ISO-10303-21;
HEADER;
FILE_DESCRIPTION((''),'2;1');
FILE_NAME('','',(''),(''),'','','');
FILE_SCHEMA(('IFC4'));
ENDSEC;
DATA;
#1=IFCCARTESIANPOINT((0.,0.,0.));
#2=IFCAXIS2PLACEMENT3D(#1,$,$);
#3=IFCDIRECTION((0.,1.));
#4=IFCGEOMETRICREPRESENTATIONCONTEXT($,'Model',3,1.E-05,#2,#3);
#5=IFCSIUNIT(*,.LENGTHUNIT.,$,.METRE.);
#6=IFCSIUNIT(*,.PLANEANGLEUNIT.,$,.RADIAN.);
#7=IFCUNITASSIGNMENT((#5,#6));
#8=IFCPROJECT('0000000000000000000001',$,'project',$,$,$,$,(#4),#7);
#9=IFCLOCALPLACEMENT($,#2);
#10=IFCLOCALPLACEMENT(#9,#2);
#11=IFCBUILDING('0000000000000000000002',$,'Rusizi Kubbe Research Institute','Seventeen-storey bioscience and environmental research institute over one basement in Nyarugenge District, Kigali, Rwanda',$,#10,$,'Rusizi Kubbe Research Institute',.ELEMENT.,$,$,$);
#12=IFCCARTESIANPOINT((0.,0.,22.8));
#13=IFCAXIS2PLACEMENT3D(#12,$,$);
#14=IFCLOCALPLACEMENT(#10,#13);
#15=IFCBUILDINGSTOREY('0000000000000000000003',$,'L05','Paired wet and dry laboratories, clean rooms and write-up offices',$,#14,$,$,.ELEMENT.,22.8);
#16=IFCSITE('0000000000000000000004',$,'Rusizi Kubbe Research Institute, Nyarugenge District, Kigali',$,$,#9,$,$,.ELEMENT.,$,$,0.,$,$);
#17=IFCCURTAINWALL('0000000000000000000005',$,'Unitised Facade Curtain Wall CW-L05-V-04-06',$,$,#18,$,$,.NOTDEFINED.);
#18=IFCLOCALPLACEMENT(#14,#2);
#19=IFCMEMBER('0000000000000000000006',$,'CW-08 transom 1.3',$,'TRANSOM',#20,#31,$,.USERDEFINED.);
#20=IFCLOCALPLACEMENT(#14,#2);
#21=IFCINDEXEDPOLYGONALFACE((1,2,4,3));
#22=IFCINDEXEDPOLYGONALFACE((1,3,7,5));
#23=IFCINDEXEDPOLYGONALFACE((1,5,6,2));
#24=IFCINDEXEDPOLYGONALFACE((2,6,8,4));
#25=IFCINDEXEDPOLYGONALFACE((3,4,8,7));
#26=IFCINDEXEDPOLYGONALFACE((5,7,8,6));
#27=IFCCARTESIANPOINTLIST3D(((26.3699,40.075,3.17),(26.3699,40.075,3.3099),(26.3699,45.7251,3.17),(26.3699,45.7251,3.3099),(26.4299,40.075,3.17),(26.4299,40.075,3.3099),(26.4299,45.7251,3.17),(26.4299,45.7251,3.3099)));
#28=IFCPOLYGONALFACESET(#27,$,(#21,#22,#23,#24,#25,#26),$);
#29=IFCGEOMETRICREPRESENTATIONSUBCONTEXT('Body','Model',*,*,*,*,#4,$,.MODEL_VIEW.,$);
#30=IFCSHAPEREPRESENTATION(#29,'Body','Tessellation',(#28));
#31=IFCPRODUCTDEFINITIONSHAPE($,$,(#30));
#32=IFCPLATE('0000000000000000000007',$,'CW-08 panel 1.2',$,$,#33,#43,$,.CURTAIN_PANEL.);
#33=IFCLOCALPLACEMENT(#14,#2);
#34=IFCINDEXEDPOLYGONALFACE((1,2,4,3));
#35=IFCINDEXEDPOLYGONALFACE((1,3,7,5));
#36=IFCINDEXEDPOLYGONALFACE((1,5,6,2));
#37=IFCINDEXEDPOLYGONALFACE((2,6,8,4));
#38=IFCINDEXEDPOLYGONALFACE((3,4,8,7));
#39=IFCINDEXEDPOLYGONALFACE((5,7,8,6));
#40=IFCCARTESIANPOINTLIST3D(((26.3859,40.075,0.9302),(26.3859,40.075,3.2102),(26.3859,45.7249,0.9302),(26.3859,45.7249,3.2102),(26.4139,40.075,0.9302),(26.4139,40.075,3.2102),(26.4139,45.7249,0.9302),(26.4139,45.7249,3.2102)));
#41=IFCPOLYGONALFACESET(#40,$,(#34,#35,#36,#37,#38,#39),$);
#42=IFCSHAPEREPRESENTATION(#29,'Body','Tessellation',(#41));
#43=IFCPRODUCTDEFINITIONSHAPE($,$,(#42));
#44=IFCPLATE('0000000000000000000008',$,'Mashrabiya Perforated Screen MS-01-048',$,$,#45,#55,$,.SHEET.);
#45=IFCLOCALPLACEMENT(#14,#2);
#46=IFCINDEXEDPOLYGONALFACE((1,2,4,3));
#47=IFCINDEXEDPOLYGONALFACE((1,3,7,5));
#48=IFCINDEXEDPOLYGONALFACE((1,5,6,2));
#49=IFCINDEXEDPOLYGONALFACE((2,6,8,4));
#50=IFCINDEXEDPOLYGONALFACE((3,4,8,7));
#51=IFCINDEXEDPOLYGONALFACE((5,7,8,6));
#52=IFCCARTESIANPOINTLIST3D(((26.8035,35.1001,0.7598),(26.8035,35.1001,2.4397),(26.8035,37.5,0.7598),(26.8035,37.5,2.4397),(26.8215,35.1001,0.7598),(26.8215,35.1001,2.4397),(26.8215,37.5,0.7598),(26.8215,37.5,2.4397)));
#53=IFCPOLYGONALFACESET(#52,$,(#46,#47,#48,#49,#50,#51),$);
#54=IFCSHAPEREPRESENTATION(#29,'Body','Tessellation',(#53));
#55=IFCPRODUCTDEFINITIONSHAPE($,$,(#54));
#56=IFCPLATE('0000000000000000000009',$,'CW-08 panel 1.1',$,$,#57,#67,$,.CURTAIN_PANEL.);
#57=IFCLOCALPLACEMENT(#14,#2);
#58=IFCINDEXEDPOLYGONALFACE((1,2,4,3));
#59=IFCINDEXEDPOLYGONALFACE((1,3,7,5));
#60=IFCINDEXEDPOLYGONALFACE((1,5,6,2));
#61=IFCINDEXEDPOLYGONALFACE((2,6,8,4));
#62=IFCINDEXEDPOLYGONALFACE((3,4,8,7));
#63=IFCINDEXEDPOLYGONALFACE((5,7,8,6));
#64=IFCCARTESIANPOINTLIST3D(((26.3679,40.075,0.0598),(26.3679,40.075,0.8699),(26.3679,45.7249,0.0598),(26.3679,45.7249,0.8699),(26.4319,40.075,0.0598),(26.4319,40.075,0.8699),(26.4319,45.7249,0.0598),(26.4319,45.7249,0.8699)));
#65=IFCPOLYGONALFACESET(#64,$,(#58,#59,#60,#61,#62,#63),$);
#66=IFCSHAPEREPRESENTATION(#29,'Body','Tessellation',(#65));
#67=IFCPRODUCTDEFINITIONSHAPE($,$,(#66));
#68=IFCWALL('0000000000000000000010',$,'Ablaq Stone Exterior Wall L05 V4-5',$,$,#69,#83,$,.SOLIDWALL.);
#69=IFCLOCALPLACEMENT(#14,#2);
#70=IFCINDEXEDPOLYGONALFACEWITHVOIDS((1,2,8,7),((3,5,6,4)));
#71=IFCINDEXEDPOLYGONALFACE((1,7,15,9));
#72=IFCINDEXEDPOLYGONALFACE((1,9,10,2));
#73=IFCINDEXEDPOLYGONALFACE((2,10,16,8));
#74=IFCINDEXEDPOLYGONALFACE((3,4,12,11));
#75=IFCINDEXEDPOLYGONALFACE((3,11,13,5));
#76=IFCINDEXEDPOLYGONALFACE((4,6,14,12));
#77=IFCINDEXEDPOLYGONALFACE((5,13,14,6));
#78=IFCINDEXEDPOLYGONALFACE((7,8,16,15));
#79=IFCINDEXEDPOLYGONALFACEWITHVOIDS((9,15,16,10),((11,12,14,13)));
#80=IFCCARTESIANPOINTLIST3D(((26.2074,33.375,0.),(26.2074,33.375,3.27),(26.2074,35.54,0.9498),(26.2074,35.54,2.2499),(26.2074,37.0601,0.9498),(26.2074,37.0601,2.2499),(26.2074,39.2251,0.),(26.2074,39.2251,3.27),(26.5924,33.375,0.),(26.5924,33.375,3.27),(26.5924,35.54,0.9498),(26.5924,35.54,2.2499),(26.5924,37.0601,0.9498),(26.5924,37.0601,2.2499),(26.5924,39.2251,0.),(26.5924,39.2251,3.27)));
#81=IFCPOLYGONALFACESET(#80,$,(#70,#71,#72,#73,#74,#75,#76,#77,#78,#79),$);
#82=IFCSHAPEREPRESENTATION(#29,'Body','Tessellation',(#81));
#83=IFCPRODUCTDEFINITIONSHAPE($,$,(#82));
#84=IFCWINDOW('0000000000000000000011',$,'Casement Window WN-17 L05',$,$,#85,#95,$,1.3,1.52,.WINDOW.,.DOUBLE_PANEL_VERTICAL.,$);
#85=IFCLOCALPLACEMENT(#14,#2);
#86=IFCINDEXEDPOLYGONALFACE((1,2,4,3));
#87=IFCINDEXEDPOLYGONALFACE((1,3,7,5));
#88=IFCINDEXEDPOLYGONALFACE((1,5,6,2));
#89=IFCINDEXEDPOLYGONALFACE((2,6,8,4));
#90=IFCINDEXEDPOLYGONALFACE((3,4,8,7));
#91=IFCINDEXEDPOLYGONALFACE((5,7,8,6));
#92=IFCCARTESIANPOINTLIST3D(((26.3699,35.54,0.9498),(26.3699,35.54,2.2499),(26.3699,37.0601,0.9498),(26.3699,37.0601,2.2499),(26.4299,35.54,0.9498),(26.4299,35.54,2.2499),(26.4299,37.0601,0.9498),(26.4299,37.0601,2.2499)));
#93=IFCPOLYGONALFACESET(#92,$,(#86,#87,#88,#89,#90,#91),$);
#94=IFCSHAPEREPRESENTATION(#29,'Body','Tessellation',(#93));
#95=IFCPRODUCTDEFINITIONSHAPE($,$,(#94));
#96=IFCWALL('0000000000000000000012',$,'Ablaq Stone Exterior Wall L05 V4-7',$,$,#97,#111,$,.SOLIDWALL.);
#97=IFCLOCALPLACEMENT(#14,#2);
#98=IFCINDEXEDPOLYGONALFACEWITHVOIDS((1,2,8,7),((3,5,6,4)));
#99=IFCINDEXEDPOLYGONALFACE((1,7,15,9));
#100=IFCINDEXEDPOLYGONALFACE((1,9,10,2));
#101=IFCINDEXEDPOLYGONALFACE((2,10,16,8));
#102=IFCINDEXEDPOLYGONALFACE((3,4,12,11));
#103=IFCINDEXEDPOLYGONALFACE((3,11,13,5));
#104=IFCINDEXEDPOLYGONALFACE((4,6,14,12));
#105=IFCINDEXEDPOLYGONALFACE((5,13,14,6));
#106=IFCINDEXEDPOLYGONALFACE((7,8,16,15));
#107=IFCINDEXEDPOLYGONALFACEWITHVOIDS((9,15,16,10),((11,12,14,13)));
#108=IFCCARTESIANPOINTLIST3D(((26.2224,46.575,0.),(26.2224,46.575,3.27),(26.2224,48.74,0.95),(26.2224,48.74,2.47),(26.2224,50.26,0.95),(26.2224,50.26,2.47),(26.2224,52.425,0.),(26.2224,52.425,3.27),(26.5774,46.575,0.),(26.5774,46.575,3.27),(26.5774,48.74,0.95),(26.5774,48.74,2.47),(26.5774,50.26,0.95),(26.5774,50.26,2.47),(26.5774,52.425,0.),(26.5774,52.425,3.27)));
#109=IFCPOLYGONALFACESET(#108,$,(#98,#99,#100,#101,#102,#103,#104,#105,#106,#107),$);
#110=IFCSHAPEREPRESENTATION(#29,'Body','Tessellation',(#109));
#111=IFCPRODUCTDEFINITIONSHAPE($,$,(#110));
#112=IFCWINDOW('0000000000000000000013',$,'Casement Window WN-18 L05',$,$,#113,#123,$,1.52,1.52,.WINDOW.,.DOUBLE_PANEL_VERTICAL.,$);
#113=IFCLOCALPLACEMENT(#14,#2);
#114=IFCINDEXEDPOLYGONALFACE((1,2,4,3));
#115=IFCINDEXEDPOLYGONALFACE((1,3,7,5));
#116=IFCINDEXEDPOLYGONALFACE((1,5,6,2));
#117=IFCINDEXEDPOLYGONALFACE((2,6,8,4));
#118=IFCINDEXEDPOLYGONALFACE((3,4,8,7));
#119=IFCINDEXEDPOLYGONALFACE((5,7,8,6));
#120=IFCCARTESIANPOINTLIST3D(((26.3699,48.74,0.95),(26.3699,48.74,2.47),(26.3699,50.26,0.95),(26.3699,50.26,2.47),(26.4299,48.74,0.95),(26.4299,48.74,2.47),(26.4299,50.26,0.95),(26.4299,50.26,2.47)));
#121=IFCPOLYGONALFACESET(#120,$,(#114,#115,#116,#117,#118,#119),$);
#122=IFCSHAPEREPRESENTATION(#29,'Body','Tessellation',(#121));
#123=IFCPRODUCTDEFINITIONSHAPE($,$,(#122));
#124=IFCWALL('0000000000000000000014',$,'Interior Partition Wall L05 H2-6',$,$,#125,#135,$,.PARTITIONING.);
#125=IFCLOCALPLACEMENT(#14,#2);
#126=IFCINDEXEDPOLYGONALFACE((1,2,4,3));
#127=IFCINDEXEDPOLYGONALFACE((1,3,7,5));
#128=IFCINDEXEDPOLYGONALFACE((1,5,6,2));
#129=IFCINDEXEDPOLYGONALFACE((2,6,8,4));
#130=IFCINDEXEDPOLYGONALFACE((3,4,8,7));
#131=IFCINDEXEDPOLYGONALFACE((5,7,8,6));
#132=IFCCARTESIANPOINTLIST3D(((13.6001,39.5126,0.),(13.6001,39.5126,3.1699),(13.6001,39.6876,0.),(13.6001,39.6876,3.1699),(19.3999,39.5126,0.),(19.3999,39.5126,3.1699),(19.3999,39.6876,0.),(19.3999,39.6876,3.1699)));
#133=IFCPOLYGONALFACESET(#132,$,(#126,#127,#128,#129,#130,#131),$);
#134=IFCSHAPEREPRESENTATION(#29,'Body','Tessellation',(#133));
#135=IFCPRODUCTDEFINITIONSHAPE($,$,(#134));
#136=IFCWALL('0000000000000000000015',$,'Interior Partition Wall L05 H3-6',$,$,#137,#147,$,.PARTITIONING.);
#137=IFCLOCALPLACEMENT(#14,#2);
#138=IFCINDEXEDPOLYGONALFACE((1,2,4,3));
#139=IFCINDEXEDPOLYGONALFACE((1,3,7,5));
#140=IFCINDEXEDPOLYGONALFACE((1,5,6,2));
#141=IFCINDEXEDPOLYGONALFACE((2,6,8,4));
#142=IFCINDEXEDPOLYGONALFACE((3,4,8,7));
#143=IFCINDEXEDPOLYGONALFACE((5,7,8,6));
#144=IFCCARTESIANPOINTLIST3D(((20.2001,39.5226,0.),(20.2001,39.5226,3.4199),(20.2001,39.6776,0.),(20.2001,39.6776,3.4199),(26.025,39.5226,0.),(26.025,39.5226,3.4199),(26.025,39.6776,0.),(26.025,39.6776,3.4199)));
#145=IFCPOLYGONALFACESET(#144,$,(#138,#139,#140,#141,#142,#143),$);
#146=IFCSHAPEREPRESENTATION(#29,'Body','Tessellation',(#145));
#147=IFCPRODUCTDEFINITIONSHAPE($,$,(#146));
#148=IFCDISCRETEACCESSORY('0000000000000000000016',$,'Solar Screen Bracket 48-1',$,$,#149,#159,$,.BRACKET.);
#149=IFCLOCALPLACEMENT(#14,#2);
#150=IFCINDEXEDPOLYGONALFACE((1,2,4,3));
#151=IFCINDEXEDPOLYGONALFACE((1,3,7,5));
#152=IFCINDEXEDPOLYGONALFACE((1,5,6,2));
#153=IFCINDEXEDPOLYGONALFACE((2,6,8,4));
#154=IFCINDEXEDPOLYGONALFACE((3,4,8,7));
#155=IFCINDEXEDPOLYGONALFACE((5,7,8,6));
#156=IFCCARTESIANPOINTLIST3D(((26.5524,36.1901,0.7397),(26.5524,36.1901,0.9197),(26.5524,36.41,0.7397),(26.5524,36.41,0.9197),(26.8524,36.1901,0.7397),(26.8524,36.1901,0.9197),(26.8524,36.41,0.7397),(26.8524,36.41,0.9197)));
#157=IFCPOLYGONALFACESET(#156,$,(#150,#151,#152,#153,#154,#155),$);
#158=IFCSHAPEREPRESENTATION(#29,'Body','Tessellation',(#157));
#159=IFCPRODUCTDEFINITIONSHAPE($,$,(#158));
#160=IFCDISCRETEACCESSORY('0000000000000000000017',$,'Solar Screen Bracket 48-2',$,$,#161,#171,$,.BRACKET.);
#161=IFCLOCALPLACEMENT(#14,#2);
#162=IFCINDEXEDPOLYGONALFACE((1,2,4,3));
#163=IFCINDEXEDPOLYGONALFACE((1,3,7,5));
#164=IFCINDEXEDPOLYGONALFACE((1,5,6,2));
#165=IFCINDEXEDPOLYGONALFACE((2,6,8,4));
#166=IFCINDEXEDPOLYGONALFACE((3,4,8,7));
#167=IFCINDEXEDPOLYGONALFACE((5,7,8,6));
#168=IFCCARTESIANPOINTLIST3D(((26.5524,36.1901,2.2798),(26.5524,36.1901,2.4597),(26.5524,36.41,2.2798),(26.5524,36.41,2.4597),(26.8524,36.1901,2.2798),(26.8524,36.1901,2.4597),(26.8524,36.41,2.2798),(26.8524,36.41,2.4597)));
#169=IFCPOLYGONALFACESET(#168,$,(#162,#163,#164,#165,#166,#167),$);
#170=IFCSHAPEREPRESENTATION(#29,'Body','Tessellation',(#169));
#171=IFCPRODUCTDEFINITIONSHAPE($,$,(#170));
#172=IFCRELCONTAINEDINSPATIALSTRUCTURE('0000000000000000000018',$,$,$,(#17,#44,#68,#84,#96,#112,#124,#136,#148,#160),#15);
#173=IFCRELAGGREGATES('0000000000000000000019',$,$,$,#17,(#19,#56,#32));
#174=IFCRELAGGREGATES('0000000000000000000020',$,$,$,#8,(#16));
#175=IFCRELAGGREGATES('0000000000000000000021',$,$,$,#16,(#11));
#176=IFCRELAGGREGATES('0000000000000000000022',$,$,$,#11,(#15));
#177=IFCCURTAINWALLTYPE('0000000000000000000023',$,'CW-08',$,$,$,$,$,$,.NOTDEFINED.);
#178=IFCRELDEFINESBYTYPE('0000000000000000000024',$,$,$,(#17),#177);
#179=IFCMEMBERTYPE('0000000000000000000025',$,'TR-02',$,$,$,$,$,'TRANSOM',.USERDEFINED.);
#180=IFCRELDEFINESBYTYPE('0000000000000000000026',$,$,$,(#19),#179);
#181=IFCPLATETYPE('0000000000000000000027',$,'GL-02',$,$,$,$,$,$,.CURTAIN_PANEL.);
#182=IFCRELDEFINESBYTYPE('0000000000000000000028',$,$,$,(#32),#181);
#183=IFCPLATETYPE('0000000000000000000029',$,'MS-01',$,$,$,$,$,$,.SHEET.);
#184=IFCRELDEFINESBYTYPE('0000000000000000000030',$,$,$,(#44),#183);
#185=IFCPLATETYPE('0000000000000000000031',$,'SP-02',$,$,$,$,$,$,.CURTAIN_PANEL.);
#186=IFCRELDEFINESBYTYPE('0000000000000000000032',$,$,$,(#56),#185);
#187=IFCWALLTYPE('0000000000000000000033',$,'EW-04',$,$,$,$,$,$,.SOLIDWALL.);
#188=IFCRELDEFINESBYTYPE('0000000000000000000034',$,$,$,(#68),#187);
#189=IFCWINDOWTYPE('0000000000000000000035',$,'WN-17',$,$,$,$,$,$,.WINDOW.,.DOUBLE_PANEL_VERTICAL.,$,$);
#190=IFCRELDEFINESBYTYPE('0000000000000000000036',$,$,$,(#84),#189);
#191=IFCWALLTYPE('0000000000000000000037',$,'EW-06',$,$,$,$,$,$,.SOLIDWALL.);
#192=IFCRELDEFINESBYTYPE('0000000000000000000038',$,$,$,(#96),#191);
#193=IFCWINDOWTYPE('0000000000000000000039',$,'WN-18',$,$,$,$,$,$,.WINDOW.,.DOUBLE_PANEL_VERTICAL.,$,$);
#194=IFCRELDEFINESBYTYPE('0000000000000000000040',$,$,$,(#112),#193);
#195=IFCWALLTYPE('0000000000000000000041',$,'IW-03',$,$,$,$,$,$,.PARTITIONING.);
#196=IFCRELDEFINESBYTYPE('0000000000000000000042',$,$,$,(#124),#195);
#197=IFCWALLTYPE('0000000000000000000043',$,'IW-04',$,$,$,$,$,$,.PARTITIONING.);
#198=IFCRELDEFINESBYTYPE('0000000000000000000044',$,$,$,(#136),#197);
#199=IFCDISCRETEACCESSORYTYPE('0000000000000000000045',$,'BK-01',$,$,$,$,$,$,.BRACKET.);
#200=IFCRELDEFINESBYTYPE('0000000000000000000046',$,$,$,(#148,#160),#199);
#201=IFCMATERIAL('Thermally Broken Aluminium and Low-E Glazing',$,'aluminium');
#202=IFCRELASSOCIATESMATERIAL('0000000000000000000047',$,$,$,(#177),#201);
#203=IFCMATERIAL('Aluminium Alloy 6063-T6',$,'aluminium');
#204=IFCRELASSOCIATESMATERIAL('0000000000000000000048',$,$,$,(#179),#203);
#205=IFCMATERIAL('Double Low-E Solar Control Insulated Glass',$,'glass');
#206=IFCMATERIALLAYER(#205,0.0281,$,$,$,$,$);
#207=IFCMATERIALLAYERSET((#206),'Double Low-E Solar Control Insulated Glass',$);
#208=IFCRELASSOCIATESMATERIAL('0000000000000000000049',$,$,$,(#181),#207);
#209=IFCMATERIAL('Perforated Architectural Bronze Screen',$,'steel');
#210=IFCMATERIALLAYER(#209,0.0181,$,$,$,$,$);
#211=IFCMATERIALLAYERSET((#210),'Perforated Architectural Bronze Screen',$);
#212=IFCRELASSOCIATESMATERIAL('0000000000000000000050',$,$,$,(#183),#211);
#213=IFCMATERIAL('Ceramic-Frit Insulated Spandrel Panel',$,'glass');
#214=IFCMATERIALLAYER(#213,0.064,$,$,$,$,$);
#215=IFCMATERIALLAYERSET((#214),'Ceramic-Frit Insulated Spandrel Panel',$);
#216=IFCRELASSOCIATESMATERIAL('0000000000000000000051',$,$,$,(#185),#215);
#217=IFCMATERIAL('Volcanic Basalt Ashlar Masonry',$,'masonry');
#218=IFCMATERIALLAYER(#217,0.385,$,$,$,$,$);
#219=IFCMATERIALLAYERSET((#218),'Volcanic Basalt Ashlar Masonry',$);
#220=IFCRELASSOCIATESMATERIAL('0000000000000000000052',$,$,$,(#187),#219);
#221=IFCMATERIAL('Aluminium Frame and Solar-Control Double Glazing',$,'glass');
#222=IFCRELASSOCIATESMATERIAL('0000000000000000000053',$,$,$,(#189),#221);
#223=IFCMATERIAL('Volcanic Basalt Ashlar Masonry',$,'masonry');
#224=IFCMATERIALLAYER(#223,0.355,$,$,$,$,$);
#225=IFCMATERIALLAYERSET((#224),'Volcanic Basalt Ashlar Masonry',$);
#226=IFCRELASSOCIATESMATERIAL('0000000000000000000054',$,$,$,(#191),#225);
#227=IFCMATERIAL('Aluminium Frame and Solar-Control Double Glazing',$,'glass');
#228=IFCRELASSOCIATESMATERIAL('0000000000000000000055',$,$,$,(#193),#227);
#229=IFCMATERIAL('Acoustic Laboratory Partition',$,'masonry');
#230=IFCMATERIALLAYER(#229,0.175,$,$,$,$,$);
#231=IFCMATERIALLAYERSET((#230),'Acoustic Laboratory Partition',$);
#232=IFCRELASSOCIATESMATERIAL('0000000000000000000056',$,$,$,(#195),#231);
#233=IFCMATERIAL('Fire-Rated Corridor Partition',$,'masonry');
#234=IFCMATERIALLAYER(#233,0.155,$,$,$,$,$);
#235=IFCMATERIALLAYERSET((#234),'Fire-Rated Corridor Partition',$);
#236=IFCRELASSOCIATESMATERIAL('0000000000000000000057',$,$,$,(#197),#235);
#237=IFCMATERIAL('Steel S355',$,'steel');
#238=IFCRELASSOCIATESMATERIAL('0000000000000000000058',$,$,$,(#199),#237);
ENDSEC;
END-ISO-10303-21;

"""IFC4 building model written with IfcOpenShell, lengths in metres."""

from ifc_helpers import new_model, si_unit, direction, frame, frame_2d, origin, origin_2d, place, context, subcontext, project, spatial, rectangle, extrude, material, layer, layer_set, material_profile, profile_set, type_object, element, fill, aggregate, save


model = new_model("IFC4")

# Units and contexts
model_context = context("Model", 3, precision=1e-05, world=origin(), true_north=direction((0.0, 1.0)))
body_context = subcontext(model_context, "Body", "Model", "MODEL_VIEW")
ifc_project = project(units=[si_unit("LENGTHUNIT", "METRE"), si_unit("PLANEANGLEUNIT", "RADIAN")], contexts=[model_context])

# Site, building, storey
site_placement = place(None, origin())
site = spatial("IfcSite", under=ifc_project, at=site_placement, Name="Rusizi Kubbe Research Institute, Nyarugenge District, Kigali", CompositionType="ELEMENT", RefElevation=0.0)
building_placement = place(site_placement, origin())
building = spatial("IfcBuilding", under=site, at=building_placement, Name="Rusizi Kubbe Research Institute", Description="Seventeen-storey bioscience and environmental research institute over one basement in Nyarugenge District, Kigali, Rwanda", LongName="Rusizi Kubbe Research Institute", CompositionType="ELEMENT")
storey_placement = place(building_placement, frame((0.0, 0.0, 22.8)))
storey = spatial("IfcBuildingStorey", under=building, at=storey_placement, Name="L05", Description="Paired wet and dry laboratories, clean rooms and write-up offices", CompositionType="ELEMENT", Elevation=22.8)

# Curtain wall, member, plate
ifc_material_1 = material(Name="Thermally Broken Aluminium and Low-E Glazing", Category="aluminium")
curtain_wall_type_1 = type_object("IfcCurtainWallType", Name="CW-08", PredefinedType="NOTDEFINED", material=ifc_material_1)
curtain_wall_1_placement = place(storey_placement, origin())
curtain_wall_1 = element("IfcCurtainWall", 1, at=curtain_wall_1_placement, inside=storey, type_object=curtain_wall_type_1, Name="Unitised Facade Curtain Wall CW-L05-V-04-06", PredefinedType="NOTDEFINED")
ifc_material_2 = material(Name="Aluminium Alloy 6063-T6", Category="aluminium")
ifc_material_profile_1 = material_profile(ifc_material_2, rectangle(XDim=0.0601, YDim=0.1399, at=origin_2d()), Name="ALU-T 60x140")
ifc_profile_set_1 = profile_set([ifc_material_profile_1], Name="Aluminium Alloy 6063-T6")
member_type_1 = type_object("IfcMemberType", Name="TR-02", ElementType="TRANSOM", PredefinedType="USERDEFINED", material=ifc_profile_set_1)
member_1_placement = place(storey_placement, frame((26.3999, 40.075, 3.24), z_axis=(0.0, 1.0, 0.0), x_axis=(-1.0, 0.0, 0.0)))
member_1 = element("IfcMember", 2, at=member_1_placement, type_object=member_type_1, Name="CW-08 transom 1.3", ObjectType="TRANSOM", PredefinedType="USERDEFINED", context=body_context, shape_type="SweptSolid", body=[
    extrude(rectangle(XDim=0.0601, YDim=0.1399, at=origin_2d()), origin(), (0.0, 0.0, 1.0), 5.6501),
])
ifc_material_3 = material(Name="Double Low-E Solar Control Insulated Glass", Category="glass")
ifc_layer_1 = layer(ifc_material_3, 0.0281)
ifc_layer_set_1 = layer_set([ifc_layer_1], Name="Double Low-E Solar Control Insulated Glass")
plate_type_1 = type_object("IfcPlateType", Name="GL-02", PredefinedType="CURTAIN_PANEL", material=ifc_layer_set_1)
plate_1_placement = place(storey_placement, frame((26.3999, 42.8999, 0.9302), z_axis=(0.0, 0.0, 1.0), x_axis=(0.0, 1.0, 0.0)))
plate_1 = element("IfcPlate", 3, at=plate_1_placement, type_object=plate_type_1, Name="CW-08 panel 1.2", PredefinedType="CURTAIN_PANEL", context=body_context, shape_type="SweptSolid", body=[
    extrude(rectangle(XDim=5.6499, YDim=0.0281, at=origin_2d()), origin(), (0.0, 0.0, 1.0), 2.28),
])

# Plates
ifc_material_4 = material(Name="Perforated Architectural Bronze Screen", Category="steel")
ifc_layer_2 = layer(ifc_material_4, 0.0181)
ifc_layer_set_2 = layer_set([ifc_layer_2], Name="Perforated Architectural Bronze Screen")
plate_type_2 = type_object("IfcPlateType", Name="MS-01", PredefinedType="SHEET", material=ifc_layer_set_2)
plate_2_placement = place(storey_placement, frame((26.8125, 36.3, 0.7598), z_axis=(0.0, 0.0, 1.0), x_axis=(0.0, 1.0, 0.0)))
element("IfcPlate", 4, at=plate_2_placement, inside=storey, type_object=plate_type_2, Name="Mashrabiya Perforated Screen MS-01-048", PredefinedType="SHEET", context=body_context, shape_type="SweptSolid", body=[
    extrude(rectangle(XDim=2.3999, YDim=0.0181, at=origin_2d()), origin(), (0.0, 0.0, 1.0), 1.6799),
])
ifc_material_5 = material(Name="Ceramic-Frit Insulated Spandrel Panel", Category="glass")
ifc_layer_3 = layer(ifc_material_5, 0.064)
ifc_layer_set_3 = layer_set([ifc_layer_3], Name="Ceramic-Frit Insulated Spandrel Panel")
plate_type_3 = type_object("IfcPlateType", Name="SP-02", PredefinedType="CURTAIN_PANEL", material=ifc_layer_set_3)
plate_3_placement = place(storey_placement, frame((26.3999, 42.8999, 0.0598), z_axis=(0.0, 0.0, 1.0), x_axis=(0.0, 1.0, 0.0)))
plate_3 = element("IfcPlate", 5, at=plate_3_placement, type_object=plate_type_3, Name="CW-08 panel 1.1", PredefinedType="CURTAIN_PANEL", context=body_context, shape_type="SweptSolid", body=[
    extrude(rectangle(XDim=5.6499, YDim=0.064, at=origin_2d()), origin(), (0.0, 0.0, 1.0), 0.8101),
])
aggregate(curtain_wall_1, [member_1, plate_3, plate_1])

# Walls, openings, windows
ifc_material_6 = material(Name="Volcanic Basalt Ashlar Masonry", Category="masonry")
ifc_layer_4 = layer(ifc_material_6, 0.385)
ifc_layer_set_4 = layer_set([ifc_layer_4], Name="Volcanic Basalt Ashlar Masonry")
wall_type_1 = type_object("IfcWallType", Name="EW-04", PredefinedType="SOLIDWALL", material=ifc_layer_set_4)
wall_1_placement = place(storey_placement, frame((26.3999, 33.375, 0.0), z_axis=(0.0, 0.0, 1.0), x_axis=(0.0, 1.0, 0.0)))
wall_1 = element("IfcWall", 6, at=wall_1_placement, inside=storey, type_object=wall_type_1, Name="Ablaq Stone Exterior Wall L05 V4-5", PredefinedType="SOLIDWALL", context=body_context, shape_type="SweptSolid", body=[
    extrude(rectangle(XDim=5.8501, YDim=0.385, at=frame_2d((2.925, 0.0))), origin(), (0.0, 0.0, 1.0), 3.27),
])
opening_1_placement = place(wall_1_placement, frame((2.165, 0.0, 0.95)))
opening_1 = element("IfcOpeningElement", 7, at=opening_1_placement, cuts=wall_1, PredefinedType="OPENING", context=body_context, shape_type="SweptSolid", body=[
    extrude(rectangle(XDim=1.52, YDim=1.3, at=frame_2d((0.76, 0.6499))), frame((0.0, 0.2024, 0.0), z_axis=(0.0, -1.0, 0.0), x_axis=(1.0, 0.0, 0.0)), (0.0, 0.0, 1.0), 0.405),
])
ifc_material_7 = material(Name="Aluminium Frame and Solar-Control Double Glazing", Category="glass")
window_type_1 = type_object("IfcWindowType", Name="WN-17", PartitioningType="DOUBLE_PANEL_VERTICAL", PredefinedType="WINDOW", material=ifc_material_7)
window_1_placement = place(opening_1_placement, origin())
window_1 = element("IfcWindow", 8, at=window_1_placement, inside=storey, type_object=window_type_1, Name="Casement Window WN-17 L05", OverallHeight=1.3, OverallWidth=1.52, PartitioningType="DOUBLE_PANEL_VERTICAL", PredefinedType="WINDOW", context=body_context, shape_type="SweptSolid", body=[
    extrude(rectangle(XDim=1.52, YDim=1.3, at=frame_2d((0.76, 0.6499))), frame((0.0, 0.03, 0.0), z_axis=(0.0, -1.0, 0.0), x_axis=(1.0, 0.0, 0.0)), (0.0, 0.0, 1.0), 0.0601),
])
fill(opening_1, window_1)
ifc_material_8 = material(Name="Volcanic Basalt Ashlar Masonry", Category="masonry")
ifc_layer_5 = layer(ifc_material_8, 0.355)
ifc_layer_set_5 = layer_set([ifc_layer_5], Name="Volcanic Basalt Ashlar Masonry")
wall_type_2 = type_object("IfcWallType", Name="EW-06", PredefinedType="SOLIDWALL", material=ifc_layer_set_5)
wall_2_placement = place(storey_placement, frame((26.3999, 46.575, 0.0), z_axis=(0.0, 0.0, 1.0), x_axis=(0.0, 1.0, 0.0)))
wall_2 = element("IfcWall", 9, at=wall_2_placement, inside=storey, type_object=wall_type_2, Name="Ablaq Stone Exterior Wall L05 V4-7", PredefinedType="SOLIDWALL", context=body_context, shape_type="SweptSolid", body=[
    extrude(rectangle(XDim=5.8501, YDim=0.355, at=frame_2d((2.925, 0.0))), origin(), (0.0, 0.0, 1.0), 3.27),
])
opening_2_placement = place(wall_2_placement, frame((2.165, 0.0, 0.95)))
opening_2 = element("IfcOpeningElement", 10, at=opening_2_placement, cuts=wall_2, PredefinedType="OPENING", context=body_context, shape_type="SweptSolid", body=[
    extrude(rectangle(XDim=1.52, YDim=1.52, at=frame_2d((0.76, 0.76))), frame((0.0, 0.1875, 0.0), z_axis=(0.0, -1.0, 0.0), x_axis=(1.0, 0.0, 0.0)), (0.0, 0.0, 1.0), 0.375),
])
ifc_material_9 = material(Name="Aluminium Frame and Solar-Control Double Glazing", Category="glass")
window_type_2 = type_object("IfcWindowType", Name="WN-18", PartitioningType="DOUBLE_PANEL_VERTICAL", PredefinedType="WINDOW", material=ifc_material_9)
window_2_placement = place(opening_2_placement, origin())
window_2 = element("IfcWindow", 11, at=window_2_placement, inside=storey, type_object=window_type_2, Name="Casement Window WN-18 L05", OverallHeight=1.52, OverallWidth=1.52, PartitioningType="DOUBLE_PANEL_VERTICAL", PredefinedType="WINDOW", context=body_context, shape_type="SweptSolid", body=[
    extrude(rectangle(XDim=1.52, YDim=1.52, at=frame_2d((0.76, 0.76))), frame((0.0, 0.03, 0.0), z_axis=(0.0, -1.0, 0.0), x_axis=(1.0, 0.0, 0.0)), (0.0, 0.0, 1.0), 0.0601),
])
fill(opening_2, window_2)

# Walls
ifc_material_10 = material(Name="Acoustic Laboratory Partition", Category="masonry")
ifc_layer_6 = layer(ifc_material_10, 0.175)
ifc_layer_set_6 = layer_set([ifc_layer_6], Name="Acoustic Laboratory Partition")
wall_type_3 = type_object("IfcWallType", Name="IW-03", PredefinedType="PARTITIONING", material=ifc_layer_set_6)
wall_3_placement = place(storey_placement, frame((13.6001, 39.6001, 0.0), z_axis=(0.0, 0.0, 1.0), x_axis=(1.0, 0.0, 0.0)))
element("IfcWall", 12, at=wall_3_placement, inside=storey, type_object=wall_type_3, Name="Interior Partition Wall L05 H2-6", PredefinedType="PARTITIONING", context=body_context, shape_type="SweptSolid", body=[
    extrude(rectangle(XDim=5.7998, YDim=0.175, at=frame_2d((2.8999, 0.0))), origin(), (0.0, 0.0, 1.0), 3.1699),
])
ifc_material_11 = material(Name="Fire-Rated Corridor Partition", Category="masonry")
ifc_layer_7 = layer(ifc_material_11, 0.155)
ifc_layer_set_7 = layer_set([ifc_layer_7], Name="Fire-Rated Corridor Partition")
wall_type_4 = type_object("IfcWallType", Name="IW-04", PredefinedType="PARTITIONING", material=ifc_layer_set_7)
wall_4_placement = place(storey_placement, frame((20.2, 39.6001, 0.0), z_axis=(0.0, 0.0, 1.0), x_axis=(1.0, 0.0, 0.0)))
element("IfcWall", 13, at=wall_4_placement, inside=storey, type_object=wall_type_4, Name="Interior Partition Wall L05 H3-6", PredefinedType="PARTITIONING", context=body_context, shape_type="SweptSolid", body=[
    extrude(rectangle(XDim=5.825, YDim=0.155, at=frame_2d((2.9126, 0.0))), origin(), (0.0, 0.0, 1.0), 3.4199),
])

# Discrete accessories
ifc_material_12 = material(Name="Steel S355", Category="steel")
discrete_accessory_type = type_object("IfcDiscreteAccessoryType", Name="BK-01", PredefinedType="BRACKET", material=ifc_material_12)
for number, where, z_axis, x_axis, name in (
    (14, (26.7024, 36.3, 0.7397), (0.0, 0.0, 1.0), (1.0, 0.0, 0.0), "Solar Screen Bracket 48-1"),
    (15, (26.7024, 36.3, 2.2798), (0.0, 0.0, 1.0), (1.0, 0.0, 0.0), "Solar Screen Bracket 48-2"),
):
    element("IfcDiscreteAccessory", number, at=place(storey_placement, frame(where, z_axis=z_axis, x_axis=x_axis)), inside=storey, type_object=discrete_accessory_type, Name=name, PredefinedType="BRACKET", context=body_context, shape_type="SweptSolid", body=[
        extrude(rectangle(XDim=0.3, YDim=0.22, at=origin_2d()), origin(), (0.0, 0.0, 1.0), 0.1799),
    ])

save(model, "model.ifc")
